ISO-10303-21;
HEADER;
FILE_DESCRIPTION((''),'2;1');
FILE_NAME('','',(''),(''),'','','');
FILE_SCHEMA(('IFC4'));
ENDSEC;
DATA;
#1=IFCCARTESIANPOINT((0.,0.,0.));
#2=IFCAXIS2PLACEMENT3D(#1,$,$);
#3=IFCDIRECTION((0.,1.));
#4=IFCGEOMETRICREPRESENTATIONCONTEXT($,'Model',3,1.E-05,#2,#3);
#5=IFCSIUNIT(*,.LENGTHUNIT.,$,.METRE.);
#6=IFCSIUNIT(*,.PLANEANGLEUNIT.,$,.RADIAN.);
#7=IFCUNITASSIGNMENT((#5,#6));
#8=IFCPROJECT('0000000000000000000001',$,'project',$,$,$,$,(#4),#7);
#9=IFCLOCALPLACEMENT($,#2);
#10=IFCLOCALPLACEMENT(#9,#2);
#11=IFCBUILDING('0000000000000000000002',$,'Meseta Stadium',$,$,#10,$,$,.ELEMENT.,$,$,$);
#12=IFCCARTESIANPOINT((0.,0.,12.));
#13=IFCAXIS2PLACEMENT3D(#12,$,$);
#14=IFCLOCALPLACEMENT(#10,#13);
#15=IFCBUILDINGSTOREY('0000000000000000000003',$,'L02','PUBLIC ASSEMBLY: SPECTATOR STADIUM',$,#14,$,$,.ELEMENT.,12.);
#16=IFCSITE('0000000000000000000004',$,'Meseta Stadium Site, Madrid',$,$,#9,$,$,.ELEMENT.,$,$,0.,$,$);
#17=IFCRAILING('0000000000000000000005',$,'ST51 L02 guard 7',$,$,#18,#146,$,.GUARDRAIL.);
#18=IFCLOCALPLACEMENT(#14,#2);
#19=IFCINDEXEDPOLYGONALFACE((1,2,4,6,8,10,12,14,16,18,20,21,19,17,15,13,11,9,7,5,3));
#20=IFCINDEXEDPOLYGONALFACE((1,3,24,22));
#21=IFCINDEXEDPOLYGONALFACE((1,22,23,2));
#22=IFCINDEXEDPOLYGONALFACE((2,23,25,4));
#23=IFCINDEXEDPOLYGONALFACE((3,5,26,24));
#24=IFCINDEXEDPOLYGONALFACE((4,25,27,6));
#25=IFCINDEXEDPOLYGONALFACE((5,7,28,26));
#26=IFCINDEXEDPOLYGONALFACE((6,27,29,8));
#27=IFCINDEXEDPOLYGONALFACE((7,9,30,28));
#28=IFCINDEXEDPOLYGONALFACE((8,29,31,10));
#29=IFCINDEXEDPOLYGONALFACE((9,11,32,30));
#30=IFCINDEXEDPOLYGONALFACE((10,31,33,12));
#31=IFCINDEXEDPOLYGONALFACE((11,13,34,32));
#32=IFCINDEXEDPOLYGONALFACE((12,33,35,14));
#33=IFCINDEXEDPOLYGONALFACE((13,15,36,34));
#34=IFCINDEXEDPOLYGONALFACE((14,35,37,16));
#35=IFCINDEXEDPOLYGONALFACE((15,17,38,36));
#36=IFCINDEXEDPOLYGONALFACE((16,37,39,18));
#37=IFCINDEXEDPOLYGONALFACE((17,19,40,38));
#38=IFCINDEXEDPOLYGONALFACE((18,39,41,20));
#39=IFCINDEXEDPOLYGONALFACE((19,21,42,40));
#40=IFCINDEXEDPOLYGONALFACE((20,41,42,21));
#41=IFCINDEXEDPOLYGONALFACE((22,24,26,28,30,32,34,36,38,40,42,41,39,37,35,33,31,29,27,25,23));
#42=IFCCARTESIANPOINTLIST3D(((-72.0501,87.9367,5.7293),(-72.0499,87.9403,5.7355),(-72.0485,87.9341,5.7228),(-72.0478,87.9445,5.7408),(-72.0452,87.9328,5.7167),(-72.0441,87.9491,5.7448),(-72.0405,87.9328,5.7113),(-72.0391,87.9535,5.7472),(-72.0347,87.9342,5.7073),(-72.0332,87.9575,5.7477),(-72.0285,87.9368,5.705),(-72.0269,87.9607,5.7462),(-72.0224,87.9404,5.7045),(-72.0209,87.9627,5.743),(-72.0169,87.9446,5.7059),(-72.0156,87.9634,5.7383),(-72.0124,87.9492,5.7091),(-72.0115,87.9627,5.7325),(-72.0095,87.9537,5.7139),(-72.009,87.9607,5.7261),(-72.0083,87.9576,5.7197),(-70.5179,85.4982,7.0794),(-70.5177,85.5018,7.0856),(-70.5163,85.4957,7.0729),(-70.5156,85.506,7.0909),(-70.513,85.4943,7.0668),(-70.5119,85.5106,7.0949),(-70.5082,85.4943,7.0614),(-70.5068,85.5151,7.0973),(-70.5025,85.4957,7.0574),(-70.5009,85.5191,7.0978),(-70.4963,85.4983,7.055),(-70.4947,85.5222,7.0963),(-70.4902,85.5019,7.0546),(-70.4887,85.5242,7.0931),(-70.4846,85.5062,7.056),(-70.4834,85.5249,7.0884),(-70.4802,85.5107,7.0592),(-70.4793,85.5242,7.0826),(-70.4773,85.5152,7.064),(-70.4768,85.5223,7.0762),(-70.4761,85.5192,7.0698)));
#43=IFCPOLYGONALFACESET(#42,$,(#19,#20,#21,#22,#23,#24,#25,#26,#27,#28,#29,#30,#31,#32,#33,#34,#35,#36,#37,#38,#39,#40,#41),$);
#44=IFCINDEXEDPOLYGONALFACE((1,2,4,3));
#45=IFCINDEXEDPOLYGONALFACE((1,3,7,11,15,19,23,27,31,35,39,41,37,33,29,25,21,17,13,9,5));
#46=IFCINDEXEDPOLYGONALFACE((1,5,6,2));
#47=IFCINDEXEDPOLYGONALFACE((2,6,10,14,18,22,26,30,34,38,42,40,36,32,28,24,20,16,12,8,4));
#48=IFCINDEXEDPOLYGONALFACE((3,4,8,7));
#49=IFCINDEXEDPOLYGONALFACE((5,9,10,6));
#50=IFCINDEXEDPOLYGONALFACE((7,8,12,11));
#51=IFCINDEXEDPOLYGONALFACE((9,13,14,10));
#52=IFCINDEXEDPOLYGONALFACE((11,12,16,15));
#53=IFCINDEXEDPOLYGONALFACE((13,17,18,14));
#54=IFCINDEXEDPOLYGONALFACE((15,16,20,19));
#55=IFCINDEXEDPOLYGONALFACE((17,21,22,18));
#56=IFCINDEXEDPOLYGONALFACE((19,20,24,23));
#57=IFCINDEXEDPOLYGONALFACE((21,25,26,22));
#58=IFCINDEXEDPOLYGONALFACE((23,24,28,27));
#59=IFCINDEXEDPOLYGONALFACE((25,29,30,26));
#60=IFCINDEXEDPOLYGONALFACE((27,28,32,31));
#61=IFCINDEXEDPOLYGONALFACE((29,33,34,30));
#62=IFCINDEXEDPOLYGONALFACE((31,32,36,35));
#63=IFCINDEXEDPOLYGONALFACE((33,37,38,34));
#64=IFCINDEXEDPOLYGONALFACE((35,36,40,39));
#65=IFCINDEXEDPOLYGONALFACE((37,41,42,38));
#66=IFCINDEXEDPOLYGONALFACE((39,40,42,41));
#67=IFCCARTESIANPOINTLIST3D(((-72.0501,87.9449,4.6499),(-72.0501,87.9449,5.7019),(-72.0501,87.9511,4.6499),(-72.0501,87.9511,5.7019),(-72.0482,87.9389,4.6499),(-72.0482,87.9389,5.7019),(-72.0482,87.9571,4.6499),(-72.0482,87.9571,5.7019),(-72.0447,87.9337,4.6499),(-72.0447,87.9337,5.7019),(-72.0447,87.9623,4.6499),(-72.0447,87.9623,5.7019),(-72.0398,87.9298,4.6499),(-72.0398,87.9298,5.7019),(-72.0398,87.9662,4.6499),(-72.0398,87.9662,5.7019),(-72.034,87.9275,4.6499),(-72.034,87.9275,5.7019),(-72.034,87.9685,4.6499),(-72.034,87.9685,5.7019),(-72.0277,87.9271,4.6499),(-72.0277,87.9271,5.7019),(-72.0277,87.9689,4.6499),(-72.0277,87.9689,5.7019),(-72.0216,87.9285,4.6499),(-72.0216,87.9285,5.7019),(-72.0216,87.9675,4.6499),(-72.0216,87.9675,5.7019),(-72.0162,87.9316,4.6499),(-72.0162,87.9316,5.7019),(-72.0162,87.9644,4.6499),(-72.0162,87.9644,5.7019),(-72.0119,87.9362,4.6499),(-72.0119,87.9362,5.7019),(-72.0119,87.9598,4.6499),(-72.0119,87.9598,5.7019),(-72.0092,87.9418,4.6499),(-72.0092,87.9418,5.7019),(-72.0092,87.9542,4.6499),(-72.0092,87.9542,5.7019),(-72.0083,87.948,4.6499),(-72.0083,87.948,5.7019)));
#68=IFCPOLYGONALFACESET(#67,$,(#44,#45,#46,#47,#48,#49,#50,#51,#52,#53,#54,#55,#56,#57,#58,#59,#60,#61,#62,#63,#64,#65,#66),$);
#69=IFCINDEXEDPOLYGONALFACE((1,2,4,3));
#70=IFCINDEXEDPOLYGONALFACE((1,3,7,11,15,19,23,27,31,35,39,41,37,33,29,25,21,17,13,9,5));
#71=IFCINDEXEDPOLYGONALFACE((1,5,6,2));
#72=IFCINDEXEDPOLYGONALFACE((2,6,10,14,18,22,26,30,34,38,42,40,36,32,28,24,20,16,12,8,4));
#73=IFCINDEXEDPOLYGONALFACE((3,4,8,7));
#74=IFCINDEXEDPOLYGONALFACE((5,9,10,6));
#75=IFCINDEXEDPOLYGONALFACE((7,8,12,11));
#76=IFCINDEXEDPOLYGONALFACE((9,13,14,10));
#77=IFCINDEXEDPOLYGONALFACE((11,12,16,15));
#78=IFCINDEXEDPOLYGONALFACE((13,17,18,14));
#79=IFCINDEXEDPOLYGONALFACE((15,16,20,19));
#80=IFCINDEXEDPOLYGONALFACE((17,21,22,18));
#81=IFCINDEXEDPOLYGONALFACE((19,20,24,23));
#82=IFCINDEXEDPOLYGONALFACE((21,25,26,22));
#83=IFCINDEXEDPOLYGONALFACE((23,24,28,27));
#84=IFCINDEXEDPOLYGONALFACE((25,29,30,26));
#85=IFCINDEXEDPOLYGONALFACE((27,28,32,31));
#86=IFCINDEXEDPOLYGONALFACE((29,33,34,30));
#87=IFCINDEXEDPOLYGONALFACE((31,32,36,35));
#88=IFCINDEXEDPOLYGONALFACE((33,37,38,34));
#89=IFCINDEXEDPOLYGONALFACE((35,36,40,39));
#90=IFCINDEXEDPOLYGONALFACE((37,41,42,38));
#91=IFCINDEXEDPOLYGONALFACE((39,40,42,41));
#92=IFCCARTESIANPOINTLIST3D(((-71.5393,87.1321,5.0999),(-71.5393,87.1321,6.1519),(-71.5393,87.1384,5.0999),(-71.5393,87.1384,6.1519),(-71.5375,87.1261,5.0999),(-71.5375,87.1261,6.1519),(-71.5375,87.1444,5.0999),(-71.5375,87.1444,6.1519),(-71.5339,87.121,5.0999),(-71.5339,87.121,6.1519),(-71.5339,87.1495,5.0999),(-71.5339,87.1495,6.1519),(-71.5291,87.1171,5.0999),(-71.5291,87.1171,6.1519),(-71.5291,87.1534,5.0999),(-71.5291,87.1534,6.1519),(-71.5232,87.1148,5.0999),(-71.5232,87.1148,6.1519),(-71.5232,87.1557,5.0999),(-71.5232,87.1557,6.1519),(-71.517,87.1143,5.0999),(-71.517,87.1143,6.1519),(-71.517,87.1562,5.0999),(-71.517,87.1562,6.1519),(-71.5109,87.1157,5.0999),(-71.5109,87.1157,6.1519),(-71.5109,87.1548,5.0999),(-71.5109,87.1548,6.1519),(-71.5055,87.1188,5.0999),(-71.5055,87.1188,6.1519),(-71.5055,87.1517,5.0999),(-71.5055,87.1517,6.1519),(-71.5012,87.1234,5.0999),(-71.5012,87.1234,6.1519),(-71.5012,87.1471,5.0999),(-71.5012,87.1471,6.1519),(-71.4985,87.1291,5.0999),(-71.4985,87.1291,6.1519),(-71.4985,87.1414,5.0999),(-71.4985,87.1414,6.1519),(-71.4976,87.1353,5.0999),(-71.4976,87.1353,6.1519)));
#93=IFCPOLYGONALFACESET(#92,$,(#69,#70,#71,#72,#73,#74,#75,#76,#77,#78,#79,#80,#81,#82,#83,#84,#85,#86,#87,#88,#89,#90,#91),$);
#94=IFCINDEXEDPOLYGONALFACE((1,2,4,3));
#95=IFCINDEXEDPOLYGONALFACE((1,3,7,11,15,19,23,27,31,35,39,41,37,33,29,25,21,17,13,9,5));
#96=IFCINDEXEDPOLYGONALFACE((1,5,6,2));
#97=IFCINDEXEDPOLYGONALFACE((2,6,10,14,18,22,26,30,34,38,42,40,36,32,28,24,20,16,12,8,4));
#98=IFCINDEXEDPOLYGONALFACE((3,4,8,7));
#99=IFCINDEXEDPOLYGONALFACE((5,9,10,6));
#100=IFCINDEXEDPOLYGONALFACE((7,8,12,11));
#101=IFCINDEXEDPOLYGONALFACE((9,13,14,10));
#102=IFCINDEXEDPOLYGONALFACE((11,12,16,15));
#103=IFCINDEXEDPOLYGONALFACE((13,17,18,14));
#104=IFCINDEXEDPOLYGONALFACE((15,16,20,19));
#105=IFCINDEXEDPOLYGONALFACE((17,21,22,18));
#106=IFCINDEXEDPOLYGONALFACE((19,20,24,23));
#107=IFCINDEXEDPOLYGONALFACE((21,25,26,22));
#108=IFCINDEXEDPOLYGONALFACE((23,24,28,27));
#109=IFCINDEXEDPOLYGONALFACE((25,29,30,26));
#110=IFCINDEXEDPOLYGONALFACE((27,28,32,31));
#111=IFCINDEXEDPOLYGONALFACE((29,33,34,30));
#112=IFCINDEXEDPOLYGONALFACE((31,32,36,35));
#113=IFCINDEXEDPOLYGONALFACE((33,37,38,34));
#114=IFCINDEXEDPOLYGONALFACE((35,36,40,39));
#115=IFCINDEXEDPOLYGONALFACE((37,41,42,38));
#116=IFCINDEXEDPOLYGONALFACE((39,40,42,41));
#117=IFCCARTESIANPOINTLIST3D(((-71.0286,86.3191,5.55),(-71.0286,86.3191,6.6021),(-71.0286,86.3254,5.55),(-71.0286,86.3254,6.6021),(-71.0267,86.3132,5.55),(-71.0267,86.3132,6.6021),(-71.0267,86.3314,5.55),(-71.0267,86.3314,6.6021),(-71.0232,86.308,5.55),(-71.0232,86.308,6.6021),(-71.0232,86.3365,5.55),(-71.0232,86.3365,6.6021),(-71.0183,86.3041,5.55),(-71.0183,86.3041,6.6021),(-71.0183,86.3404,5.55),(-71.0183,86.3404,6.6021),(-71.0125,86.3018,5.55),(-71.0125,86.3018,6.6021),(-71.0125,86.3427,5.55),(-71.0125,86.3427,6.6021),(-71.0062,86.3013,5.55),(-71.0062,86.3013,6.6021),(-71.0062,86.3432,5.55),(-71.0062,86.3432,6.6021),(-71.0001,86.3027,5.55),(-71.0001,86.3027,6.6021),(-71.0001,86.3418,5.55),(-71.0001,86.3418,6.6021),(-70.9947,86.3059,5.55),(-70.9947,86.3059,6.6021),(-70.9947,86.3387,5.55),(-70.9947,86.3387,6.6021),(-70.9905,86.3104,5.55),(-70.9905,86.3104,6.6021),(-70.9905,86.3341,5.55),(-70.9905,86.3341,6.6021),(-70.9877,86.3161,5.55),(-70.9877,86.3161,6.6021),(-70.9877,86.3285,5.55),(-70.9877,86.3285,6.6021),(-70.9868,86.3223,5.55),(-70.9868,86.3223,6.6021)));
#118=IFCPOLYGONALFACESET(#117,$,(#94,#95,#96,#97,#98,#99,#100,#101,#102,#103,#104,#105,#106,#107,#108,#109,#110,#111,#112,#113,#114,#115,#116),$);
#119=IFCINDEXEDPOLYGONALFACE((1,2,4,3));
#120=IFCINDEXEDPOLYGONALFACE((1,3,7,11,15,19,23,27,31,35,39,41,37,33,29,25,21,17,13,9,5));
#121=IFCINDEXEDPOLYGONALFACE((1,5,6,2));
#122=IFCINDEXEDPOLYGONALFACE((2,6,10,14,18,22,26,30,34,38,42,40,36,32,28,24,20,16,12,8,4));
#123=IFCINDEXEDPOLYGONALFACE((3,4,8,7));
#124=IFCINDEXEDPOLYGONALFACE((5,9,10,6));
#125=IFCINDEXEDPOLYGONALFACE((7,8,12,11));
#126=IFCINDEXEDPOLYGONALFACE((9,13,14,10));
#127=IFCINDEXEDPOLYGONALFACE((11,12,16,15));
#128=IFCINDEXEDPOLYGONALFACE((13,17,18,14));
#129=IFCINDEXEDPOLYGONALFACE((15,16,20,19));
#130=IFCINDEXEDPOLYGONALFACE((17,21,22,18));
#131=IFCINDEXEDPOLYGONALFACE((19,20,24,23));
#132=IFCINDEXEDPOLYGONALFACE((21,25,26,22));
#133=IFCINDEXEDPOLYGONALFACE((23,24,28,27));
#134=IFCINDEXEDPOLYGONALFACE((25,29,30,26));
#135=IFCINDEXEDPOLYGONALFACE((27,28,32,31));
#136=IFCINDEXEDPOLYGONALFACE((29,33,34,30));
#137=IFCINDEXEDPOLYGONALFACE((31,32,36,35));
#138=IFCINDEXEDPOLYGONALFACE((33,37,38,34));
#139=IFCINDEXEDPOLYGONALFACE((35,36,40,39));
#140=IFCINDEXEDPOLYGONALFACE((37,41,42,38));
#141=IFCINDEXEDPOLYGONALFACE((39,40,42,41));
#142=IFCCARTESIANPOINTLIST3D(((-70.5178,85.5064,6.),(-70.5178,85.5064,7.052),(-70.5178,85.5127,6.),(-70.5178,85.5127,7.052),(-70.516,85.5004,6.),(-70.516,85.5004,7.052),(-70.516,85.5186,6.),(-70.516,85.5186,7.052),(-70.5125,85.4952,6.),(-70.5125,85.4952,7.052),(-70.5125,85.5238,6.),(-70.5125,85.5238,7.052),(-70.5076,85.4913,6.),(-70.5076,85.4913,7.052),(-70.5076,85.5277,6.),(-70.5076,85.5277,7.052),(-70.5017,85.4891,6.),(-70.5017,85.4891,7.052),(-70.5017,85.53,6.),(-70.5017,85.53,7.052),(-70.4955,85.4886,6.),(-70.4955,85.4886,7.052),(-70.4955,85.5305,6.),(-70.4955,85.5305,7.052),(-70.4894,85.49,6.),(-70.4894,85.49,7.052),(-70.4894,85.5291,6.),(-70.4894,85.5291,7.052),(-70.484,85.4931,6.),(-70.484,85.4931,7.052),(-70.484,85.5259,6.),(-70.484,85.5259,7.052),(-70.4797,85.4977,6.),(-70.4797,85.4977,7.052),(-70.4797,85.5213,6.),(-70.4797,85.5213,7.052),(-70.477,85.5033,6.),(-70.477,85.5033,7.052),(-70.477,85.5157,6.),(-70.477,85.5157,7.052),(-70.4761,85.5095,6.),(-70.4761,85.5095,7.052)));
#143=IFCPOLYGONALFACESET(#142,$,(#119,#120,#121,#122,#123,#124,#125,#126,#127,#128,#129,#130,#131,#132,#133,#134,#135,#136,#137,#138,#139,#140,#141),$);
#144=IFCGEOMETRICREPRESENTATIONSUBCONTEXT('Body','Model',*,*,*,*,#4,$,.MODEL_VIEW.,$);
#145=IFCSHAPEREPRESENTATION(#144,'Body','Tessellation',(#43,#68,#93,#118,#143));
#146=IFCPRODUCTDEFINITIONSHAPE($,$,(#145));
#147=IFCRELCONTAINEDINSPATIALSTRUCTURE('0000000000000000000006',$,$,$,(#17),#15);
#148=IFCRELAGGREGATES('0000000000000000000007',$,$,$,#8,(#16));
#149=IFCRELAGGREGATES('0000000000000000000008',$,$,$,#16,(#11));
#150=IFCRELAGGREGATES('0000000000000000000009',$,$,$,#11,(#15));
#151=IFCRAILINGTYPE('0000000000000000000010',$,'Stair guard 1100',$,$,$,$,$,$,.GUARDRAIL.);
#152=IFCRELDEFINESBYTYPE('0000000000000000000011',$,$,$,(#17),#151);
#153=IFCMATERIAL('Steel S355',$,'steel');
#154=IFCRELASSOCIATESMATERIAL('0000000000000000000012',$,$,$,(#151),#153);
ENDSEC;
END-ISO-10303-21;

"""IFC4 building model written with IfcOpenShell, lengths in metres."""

from ifc_helpers import new_model, si_unit, direction, frame, origin, origin_2d, place, context, subcontext, project, spatial, circle, extrude, material, type_object, element, save


model = new_model("IFC4")

# Units and contexts
model_context = context("Model", 3, precision=1e-05, world=origin(), true_north=direction((0.0, 1.0)))
body_context = subcontext(model_context, "Body", "Model", "MODEL_VIEW")
ifc_project = project(units=[si_unit("LENGTHUNIT", "METRE"), si_unit("PLANEANGLEUNIT", "RADIAN")], contexts=[model_context])

# Site, building, storey
site_placement = place(None, origin())
site = spatial("IfcSite", under=ifc_project, at=site_placement, Name="Meseta Stadium Site, Madrid", CompositionType="ELEMENT", RefElevation=0.0)
building_placement = place(site_placement, origin())
building = spatial("IfcBuilding", under=site, at=building_placement, Name="Meseta Stadium", CompositionType="ELEMENT")
storey_placement = place(building_placement, frame((0.0, 0.0, 12.0)))
storey = spatial("IfcBuildingStorey", under=building, at=storey_placement, Name="L02", Description="PUBLIC ASSEMBLY: SPECTATOR STADIUM", CompositionType="ELEMENT", Elevation=12.0)

# Railing
ifc_material_1 = material(Name="Steel S355", Category="steel")
railing_type_1 = type_object("IfcRailingType", Name="Stair guard 1100", PredefinedType="GUARDRAIL", material=ifc_material_1)
railing_1_placement = place(storey_placement, frame((-72.0293, 87.948, 4.6499)))
element("IfcRailing", 1, at=railing_1_placement, inside=storey, type_object=railing_type_1, Name="ST51 L02 guard 7", PredefinedType="GUARDRAIL", context=body_context, shape_type="SweptSolid", body=[
    extrude(circle(Radius=0.0239, at=origin_2d()), frame((0.0, 0.0, 1.0762), z_axis=(0.481731, -0.766655, 0.42447), x_axis=(0.846719, 0.53204, 0.0)), (0.0, 0.0, 1.0), 3.1807),
    extrude(circle(Radius=0.021, at=origin_2d()), origin(), (0.0, 0.0, 1.0), 1.052),
    extrude(circle(Radius=0.021, at=origin_2d()), frame((0.5107, -0.8127, 0.45)), (0.0, 0.0, 1.0), 1.052),
    extrude(circle(Radius=0.021, at=origin_2d()), frame((1.0215, -1.6257, 0.9001)), (0.0, 0.0, 1.0), 1.052),
    extrude(circle(Radius=0.021, at=origin_2d()), frame((1.5322, -2.4385, 1.3501)), (0.0, 0.0, 1.0), 1.052),
])

save(model, "model.ifc")
